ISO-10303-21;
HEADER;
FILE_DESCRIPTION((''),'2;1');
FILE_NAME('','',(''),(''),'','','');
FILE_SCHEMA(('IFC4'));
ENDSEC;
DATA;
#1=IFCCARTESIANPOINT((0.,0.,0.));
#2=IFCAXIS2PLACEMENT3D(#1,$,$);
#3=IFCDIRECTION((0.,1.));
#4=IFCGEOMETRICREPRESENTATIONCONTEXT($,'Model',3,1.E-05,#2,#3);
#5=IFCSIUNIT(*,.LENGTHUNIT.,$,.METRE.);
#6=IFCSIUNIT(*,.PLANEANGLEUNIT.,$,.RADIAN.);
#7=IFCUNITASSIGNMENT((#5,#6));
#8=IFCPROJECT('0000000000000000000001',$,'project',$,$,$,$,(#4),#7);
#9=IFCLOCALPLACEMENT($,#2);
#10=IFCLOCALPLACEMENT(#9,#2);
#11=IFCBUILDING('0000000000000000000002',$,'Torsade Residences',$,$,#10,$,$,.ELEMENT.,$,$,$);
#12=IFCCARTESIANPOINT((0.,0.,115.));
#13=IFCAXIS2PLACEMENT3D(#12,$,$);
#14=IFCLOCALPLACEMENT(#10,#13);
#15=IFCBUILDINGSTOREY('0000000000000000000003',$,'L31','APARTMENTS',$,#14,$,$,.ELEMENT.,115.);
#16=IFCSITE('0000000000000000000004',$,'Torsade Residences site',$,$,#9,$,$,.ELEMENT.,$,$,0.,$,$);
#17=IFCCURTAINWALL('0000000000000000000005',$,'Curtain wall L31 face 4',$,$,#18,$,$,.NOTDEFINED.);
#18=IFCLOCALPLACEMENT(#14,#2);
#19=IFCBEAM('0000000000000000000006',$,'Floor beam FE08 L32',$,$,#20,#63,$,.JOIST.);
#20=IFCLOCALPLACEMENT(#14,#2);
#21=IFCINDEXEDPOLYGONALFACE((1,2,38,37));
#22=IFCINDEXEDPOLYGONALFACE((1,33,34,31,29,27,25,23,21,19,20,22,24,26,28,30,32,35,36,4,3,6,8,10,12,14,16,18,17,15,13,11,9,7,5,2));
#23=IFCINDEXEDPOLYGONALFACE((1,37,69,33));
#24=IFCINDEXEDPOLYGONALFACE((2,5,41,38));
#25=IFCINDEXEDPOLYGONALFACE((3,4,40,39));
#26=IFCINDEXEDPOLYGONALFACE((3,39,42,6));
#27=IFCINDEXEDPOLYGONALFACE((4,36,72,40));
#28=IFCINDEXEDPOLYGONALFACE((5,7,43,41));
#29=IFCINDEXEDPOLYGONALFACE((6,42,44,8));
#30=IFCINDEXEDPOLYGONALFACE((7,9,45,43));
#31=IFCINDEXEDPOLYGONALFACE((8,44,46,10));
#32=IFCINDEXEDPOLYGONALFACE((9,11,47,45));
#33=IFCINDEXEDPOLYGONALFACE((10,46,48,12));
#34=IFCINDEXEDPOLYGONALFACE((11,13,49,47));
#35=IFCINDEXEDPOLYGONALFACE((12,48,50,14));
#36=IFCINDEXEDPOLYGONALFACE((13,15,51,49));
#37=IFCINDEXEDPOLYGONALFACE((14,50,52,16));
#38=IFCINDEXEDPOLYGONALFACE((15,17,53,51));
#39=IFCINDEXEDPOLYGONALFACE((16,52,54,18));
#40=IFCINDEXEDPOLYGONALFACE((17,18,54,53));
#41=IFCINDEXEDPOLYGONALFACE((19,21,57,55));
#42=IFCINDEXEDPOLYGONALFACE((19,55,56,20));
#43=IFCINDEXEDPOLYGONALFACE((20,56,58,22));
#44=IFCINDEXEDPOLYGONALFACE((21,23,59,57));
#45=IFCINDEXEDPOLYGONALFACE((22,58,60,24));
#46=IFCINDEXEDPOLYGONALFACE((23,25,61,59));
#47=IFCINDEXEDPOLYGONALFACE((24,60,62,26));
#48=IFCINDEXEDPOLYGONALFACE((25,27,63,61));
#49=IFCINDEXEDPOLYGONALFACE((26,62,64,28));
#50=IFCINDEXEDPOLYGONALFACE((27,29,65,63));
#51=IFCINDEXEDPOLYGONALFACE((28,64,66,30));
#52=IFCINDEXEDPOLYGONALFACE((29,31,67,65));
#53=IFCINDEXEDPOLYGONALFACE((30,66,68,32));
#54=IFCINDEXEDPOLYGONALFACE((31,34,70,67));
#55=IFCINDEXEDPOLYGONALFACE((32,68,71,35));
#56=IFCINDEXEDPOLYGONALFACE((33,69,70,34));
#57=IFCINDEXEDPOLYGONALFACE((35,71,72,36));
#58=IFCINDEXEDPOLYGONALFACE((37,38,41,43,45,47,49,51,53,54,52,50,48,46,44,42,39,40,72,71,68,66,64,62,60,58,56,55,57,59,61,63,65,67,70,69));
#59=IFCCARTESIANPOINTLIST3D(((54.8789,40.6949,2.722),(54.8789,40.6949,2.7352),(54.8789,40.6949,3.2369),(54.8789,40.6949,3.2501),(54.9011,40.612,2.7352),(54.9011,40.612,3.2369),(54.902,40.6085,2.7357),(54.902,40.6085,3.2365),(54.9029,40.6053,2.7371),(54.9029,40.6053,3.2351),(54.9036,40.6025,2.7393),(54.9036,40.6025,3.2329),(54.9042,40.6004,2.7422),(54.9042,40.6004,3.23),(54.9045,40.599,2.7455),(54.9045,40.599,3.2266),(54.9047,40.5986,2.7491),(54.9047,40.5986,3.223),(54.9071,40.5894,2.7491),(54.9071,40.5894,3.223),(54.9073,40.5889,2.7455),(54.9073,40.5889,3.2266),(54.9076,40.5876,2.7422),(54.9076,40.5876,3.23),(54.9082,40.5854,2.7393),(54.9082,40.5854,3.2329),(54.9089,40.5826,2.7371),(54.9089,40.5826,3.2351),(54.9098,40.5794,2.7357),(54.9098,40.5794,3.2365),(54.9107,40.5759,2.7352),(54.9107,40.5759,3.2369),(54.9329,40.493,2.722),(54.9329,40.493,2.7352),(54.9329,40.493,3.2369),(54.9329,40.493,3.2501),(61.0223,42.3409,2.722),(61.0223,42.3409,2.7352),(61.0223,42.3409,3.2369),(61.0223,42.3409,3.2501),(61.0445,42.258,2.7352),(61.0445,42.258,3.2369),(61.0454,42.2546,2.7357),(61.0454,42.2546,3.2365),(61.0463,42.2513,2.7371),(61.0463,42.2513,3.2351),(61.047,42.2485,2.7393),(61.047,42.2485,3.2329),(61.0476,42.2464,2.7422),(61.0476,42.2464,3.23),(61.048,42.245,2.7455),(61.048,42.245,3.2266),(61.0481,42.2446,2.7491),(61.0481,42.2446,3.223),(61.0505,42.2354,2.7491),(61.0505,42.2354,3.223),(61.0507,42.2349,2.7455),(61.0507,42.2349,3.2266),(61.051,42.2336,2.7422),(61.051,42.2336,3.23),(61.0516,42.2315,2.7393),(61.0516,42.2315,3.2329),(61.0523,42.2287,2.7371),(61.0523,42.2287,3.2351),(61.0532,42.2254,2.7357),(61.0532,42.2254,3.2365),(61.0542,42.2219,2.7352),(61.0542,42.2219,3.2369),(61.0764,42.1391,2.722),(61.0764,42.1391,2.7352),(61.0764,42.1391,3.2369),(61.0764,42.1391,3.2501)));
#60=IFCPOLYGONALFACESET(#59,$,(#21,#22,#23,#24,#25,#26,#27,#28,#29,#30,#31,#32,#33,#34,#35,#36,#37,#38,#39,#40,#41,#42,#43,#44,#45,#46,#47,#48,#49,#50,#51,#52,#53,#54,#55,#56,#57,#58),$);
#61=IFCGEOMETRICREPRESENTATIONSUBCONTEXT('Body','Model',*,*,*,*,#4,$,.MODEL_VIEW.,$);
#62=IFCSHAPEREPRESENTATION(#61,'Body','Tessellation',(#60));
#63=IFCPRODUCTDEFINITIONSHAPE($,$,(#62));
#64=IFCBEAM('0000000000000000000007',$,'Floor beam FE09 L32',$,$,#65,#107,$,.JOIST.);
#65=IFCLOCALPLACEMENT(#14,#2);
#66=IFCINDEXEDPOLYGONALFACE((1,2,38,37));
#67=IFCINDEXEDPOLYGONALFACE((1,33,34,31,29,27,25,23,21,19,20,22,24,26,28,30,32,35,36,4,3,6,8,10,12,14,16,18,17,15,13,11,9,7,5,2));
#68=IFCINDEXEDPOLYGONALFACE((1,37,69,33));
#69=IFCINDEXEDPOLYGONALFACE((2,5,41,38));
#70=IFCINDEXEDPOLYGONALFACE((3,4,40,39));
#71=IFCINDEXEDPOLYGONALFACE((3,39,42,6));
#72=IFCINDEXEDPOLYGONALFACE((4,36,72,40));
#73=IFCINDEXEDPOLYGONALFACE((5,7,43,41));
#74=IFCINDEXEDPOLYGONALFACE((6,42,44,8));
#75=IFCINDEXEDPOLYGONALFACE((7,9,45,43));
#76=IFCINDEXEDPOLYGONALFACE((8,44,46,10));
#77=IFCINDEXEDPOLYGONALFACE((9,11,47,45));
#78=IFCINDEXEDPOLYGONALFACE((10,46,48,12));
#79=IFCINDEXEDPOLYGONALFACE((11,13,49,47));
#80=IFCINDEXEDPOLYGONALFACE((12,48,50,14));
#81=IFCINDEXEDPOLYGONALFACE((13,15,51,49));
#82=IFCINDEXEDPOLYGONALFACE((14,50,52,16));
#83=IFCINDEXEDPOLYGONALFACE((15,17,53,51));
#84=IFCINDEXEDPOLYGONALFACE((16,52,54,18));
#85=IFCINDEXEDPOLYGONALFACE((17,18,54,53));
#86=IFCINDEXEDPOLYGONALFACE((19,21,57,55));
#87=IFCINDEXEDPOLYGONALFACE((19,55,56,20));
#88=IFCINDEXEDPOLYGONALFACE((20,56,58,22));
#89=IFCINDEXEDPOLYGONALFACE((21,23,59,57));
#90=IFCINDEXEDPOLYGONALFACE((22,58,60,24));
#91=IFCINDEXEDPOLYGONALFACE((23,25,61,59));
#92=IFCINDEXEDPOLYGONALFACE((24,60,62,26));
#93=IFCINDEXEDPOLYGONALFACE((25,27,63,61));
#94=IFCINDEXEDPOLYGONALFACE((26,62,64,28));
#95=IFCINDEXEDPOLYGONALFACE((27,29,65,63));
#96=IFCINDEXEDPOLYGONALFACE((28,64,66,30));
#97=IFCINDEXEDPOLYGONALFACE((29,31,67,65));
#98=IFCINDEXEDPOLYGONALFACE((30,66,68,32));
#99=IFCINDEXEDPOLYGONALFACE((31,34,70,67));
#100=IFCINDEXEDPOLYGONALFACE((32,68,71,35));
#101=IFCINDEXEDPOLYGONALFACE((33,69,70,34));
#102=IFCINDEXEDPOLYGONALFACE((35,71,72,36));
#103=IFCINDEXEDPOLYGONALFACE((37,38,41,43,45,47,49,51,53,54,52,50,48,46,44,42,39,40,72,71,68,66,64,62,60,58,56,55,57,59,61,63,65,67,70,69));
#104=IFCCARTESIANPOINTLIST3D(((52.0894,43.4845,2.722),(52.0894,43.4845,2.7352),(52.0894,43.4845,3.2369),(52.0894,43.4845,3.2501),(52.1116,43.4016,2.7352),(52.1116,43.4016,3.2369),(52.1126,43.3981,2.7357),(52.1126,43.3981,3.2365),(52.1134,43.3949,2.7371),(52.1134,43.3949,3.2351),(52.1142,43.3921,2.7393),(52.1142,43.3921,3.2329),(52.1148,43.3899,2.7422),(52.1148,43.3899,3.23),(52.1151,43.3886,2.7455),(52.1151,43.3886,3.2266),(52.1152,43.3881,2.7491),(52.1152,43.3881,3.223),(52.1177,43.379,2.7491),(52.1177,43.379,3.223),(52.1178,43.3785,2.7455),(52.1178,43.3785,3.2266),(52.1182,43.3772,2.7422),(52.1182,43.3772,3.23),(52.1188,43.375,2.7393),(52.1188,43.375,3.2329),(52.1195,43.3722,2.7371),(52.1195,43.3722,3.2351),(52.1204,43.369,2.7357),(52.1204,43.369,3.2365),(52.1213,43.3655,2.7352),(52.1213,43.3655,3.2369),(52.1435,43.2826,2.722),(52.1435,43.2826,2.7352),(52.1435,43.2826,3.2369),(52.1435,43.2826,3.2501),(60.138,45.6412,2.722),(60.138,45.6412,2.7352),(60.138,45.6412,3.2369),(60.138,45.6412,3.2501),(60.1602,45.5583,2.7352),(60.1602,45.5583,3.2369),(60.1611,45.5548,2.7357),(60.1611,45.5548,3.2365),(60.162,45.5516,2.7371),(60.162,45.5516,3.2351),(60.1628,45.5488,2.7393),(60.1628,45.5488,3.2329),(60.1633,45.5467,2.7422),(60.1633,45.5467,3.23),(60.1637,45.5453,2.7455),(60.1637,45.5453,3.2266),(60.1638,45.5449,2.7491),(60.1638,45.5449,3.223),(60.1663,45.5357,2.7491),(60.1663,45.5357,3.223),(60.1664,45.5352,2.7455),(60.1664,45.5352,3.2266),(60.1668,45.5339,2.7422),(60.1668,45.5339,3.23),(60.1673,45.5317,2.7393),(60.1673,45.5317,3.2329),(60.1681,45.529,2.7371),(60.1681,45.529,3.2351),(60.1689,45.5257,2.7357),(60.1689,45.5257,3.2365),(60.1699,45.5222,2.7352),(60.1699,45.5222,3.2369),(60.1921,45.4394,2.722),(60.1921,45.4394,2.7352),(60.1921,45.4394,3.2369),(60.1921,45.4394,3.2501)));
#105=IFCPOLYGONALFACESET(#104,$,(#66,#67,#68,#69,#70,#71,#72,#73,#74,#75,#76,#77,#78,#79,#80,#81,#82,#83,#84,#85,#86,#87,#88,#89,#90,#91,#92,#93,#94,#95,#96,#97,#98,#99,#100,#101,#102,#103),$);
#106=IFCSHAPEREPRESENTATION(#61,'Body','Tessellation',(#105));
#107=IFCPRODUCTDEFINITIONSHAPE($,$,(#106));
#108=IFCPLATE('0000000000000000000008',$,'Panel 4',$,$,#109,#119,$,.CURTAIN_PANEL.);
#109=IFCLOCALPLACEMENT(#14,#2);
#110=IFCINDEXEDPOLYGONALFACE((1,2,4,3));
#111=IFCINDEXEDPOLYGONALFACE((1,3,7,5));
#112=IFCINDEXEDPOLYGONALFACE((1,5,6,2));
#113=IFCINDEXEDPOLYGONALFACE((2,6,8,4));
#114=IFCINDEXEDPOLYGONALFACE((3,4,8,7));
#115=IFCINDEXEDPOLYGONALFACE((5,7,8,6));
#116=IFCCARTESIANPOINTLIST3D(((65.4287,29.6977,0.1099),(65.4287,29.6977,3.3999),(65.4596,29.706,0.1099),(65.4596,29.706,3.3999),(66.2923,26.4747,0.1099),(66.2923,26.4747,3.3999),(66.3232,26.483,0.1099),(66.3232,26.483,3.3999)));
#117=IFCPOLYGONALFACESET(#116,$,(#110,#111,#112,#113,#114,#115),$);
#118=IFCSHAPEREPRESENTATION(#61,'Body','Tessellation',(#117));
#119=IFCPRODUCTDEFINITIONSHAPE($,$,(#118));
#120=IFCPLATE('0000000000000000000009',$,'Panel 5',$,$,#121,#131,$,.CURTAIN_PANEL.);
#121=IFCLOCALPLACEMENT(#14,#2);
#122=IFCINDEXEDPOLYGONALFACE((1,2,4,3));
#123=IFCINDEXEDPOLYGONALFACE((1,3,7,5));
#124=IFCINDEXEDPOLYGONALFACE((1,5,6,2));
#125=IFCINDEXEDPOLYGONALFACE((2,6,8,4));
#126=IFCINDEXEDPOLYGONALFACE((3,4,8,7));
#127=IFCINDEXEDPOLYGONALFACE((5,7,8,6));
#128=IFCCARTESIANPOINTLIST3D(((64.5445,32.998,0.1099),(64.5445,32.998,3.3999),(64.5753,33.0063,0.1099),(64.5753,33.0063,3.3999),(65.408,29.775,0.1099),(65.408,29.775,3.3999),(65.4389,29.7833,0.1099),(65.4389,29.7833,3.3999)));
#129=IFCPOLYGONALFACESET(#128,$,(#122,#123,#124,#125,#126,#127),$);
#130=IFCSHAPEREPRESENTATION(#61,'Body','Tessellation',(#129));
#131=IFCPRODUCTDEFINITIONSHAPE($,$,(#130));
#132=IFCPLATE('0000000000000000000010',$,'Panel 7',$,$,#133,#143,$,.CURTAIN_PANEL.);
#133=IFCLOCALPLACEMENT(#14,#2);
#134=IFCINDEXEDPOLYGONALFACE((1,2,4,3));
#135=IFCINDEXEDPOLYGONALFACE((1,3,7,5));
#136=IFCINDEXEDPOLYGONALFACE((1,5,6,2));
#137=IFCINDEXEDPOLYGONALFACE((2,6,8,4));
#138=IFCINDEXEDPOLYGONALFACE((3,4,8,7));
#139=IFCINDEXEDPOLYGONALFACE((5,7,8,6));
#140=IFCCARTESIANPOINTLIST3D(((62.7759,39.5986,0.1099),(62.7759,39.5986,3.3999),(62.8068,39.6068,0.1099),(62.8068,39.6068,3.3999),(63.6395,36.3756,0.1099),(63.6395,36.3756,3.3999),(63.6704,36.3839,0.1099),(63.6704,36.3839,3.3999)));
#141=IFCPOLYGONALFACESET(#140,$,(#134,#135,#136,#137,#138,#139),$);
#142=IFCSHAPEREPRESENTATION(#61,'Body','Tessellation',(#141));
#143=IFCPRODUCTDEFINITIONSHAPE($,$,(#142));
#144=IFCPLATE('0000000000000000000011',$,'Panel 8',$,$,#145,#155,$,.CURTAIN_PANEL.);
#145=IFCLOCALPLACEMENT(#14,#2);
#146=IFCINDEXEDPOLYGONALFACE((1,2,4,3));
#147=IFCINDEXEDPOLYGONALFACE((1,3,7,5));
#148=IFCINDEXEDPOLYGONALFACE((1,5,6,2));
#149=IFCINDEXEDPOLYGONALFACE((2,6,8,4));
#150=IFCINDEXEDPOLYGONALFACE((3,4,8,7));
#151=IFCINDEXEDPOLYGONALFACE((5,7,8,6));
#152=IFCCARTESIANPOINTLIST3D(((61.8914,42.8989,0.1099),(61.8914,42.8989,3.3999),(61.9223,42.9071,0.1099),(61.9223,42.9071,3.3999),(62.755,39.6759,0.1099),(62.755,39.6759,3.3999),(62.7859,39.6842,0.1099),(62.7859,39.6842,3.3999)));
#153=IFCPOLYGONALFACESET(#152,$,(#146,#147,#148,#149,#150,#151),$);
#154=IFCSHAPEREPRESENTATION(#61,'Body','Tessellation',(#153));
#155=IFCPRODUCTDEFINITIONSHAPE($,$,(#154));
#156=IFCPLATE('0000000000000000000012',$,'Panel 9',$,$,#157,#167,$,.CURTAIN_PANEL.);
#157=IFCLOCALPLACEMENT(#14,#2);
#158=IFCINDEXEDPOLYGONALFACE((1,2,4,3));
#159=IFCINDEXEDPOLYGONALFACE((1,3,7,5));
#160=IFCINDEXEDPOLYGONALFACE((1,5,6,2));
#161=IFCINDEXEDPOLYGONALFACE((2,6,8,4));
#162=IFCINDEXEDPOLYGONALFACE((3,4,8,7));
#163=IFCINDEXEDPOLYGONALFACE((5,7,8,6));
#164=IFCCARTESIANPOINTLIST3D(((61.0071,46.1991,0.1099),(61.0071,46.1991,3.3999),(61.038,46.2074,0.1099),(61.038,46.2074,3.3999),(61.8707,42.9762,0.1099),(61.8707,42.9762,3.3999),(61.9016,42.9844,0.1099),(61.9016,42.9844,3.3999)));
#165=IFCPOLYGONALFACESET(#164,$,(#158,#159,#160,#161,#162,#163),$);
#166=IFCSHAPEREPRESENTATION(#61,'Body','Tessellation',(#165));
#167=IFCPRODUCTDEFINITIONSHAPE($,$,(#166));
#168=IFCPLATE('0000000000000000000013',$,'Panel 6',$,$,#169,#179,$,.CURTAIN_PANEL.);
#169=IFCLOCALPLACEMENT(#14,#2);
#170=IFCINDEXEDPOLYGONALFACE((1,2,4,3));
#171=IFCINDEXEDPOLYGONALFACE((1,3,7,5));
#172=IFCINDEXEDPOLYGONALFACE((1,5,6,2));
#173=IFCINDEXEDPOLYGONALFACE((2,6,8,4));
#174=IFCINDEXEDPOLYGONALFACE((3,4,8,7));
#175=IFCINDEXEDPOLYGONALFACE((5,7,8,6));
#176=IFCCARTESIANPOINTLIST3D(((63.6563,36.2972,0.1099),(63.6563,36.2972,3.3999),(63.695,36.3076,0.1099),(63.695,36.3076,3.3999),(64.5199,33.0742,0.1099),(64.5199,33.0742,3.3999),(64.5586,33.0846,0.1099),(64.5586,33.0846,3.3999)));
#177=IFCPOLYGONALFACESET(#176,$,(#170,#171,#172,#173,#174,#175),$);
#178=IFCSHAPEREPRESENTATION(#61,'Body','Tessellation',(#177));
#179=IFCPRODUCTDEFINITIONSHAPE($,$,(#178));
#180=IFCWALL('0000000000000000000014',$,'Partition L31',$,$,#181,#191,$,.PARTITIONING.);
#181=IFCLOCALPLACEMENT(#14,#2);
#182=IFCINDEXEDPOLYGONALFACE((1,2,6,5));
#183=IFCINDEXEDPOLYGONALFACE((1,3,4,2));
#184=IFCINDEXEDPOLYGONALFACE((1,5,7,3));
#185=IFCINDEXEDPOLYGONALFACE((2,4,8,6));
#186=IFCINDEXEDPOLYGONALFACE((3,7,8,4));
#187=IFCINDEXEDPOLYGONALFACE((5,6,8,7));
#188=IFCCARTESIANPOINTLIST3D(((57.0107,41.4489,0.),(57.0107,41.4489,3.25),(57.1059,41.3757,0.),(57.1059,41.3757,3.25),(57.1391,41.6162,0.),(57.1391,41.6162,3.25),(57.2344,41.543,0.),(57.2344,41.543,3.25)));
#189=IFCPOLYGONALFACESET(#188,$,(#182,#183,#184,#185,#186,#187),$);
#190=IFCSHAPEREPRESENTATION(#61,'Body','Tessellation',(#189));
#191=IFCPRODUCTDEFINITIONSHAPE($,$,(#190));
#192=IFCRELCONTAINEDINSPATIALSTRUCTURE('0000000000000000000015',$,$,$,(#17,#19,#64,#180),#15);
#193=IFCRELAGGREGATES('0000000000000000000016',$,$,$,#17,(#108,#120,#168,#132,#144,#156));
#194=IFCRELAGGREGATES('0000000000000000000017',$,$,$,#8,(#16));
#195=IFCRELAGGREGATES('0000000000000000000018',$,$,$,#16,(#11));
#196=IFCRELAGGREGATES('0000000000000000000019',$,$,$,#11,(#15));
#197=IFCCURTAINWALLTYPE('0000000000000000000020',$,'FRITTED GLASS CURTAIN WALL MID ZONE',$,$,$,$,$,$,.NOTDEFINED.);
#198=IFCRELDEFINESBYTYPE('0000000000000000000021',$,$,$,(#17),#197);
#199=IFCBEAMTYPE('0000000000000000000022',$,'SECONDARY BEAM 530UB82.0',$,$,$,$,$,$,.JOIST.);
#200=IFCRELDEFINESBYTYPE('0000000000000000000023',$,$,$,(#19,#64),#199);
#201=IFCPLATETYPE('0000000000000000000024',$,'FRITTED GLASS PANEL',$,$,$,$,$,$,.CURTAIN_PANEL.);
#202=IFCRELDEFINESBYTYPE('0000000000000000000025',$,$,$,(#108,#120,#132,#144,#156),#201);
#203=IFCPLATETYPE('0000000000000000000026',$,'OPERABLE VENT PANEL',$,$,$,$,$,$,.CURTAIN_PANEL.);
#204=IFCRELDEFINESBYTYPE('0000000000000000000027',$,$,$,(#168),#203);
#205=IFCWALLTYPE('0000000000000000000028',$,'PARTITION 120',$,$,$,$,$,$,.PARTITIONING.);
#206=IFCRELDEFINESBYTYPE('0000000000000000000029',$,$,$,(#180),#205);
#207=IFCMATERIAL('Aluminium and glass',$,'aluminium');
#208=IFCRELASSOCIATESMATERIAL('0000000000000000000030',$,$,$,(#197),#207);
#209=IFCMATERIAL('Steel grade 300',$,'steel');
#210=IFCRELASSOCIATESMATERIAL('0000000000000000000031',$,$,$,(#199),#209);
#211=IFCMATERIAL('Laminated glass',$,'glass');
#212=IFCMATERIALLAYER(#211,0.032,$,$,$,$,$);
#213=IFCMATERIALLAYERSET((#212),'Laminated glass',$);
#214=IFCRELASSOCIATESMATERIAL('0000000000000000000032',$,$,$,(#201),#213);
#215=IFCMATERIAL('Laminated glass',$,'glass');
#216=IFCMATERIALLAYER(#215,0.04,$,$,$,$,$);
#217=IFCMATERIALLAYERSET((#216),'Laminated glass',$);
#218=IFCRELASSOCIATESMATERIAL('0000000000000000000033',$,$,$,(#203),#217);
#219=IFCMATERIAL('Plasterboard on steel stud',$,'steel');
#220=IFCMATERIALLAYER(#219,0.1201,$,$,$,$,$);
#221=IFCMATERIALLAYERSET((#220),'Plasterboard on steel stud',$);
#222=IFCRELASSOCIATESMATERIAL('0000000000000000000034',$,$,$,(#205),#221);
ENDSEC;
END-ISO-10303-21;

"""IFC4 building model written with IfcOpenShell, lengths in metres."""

from ifc_helpers import new_model, si_unit, direction, frame, frame_2d, origin, origin_2d, place, context, subcontext, project, spatial, rectangle, i_section, extrude, material, layer, layer_set, material_profile, profile_set, type_object, element, aggregate, save


model = new_model("IFC4")

# Units and contexts
model_context = context("Model", 3, precision=1e-05, world=origin(), true_north=direction((0.0, 1.0)))
body_context = subcontext(model_context, "Body", "Model", "MODEL_VIEW")
ifc_project = project(units=[si_unit("LENGTHUNIT", "METRE"), si_unit("PLANEANGLEUNIT", "RADIAN")], contexts=[model_context])

# Site, building, storey
site_placement = place(None, origin())
site = spatial("IfcSite", under=ifc_project, at=site_placement, Name="Torsade Residences site", CompositionType="ELEMENT", RefElevation=0.0)
building_placement = place(site_placement, origin())
building = spatial("IfcBuilding", under=site, at=building_placement, Name="Torsade Residences", CompositionType="ELEMENT")
storey_placement = place(building_placement, frame((0.0, 0.0, 115.0)))
storey = spatial("IfcBuildingStorey", under=building, at=storey_placement, Name="L31", Description="APARTMENTS", CompositionType="ELEMENT", Elevation=115.0)

# Curtain wall
ifc_material_1 = material(Name="Aluminium and glass", Category="aluminium")
curtain_wall_type = type_object("IfcCurtainWallType", Name="FRITTED GLASS CURTAIN WALL MID ZONE", PredefinedType="NOTDEFINED", material=ifc_material_1)
curtain_wall_placement = place(storey_placement, origin())
curtain_wall = element("IfcCurtainWall", 1, at=curtain_wall_placement, inside=storey, type_object=curtain_wall_type, Name="Curtain wall L31 face 4", PredefinedType="NOTDEFINED")

# Beams
ifc_material_2 = material(Name="Steel grade 300", Category="steel")
ifc_material_profile_1 = material_profile(ifc_material_2, i_section(OverallWidth=0.209, OverallDepth=0.5281, WebThickness=0.0095, FlangeThickness=0.0132, FilletRadius=0.0139, at=origin_2d()), Name="530UB82.0")
ifc_profile_set_1 = profile_set([ifc_material_profile_1], Name="Steel grade 300")
beam_type_1 = type_object("IfcBeamType", Name="SECONDARY BEAM 530UB82.0", PredefinedType="JOIST", material=ifc_profile_set_1)
beam_1_placement = place(storey_placement, frame((61.0493, 42.24, 2.9861), z_axis=(-0.96593, -0.258805, 0.0), x_axis=(0.258805, -0.96593, 0.0)))
element("IfcBeam", 2, at=beam_1_placement, inside=storey, type_object=beam_type_1, Name="Floor beam FE08 L32", PredefinedType="JOIST", context=body_context, shape_type="SweptSolid", body=[
    extrude(i_section(OverallWidth=0.209, OverallDepth=0.5281, WebThickness=0.0095, FlangeThickness=0.0132, FilletRadius=0.0139, at=origin_2d()), origin(), (0.0, 0.0, 1.0), 6.3601),
])
beam_2_placement = place(storey_placement, frame((60.165, 45.5403, 2.9861), z_axis=(-0.965922, -0.258833, 0.0), x_axis=(0.258833, -0.965922, 0.0)))
element("IfcBeam", 3, at=beam_2_placement, inside=storey, type_object=beam_type_1, Name="Floor beam FE09 L32", PredefinedType="JOIST", context=body_context, shape_type="SweptSolid", body=[
    extrude(i_section(OverallWidth=0.209, OverallDepth=0.5281, WebThickness=0.0095, FlangeThickness=0.0132, FilletRadius=0.0139, at=origin_2d()), origin(), (0.0, 0.0, 1.0), 8.3325),
])

# Plates
ifc_material_3 = material(Name="Laminated glass", Category="glass")
ifc_layer_1 = layer(ifc_material_3, 0.032)
ifc_layer_set_1 = layer_set([ifc_layer_1], Name="Laminated glass")
plate_type_1 = type_object("IfcPlateType", Name="FRITTED GLASS PANEL", PredefinedType="CURTAIN_PANEL", material=ifc_layer_set_1)
plate_1_placement = place(storey_placement, frame((65.876, 28.0903, 0.1099), z_axis=(0.0, 0.0, 1.0), x_axis=(-0.258819, 0.965926, 0.0)))
plate_1 = element("IfcPlate", 4, at=plate_1_placement, type_object=plate_type_1, Name="Panel 4", PredefinedType="CURTAIN_PANEL", context=body_context, shape_type="SweptSolid", body=[
    extrude(rectangle(XDim=3.3367, YDim=0.032, at=origin_2d()), origin(), (0.0, 0.0, 1.0), 3.29),
])
plate_2_placement = place(storey_placement, frame((64.9917, 31.3906, 0.1099), z_axis=(0.0, 0.0, 1.0), x_axis=(-0.258819, 0.965926, 0.0)))
plate_2 = element("IfcPlate", 5, at=plate_2_placement, type_object=plate_type_1, Name="Panel 5", PredefinedType="CURTAIN_PANEL", context=body_context, shape_type="SweptSolid", body=[
    extrude(rectangle(XDim=3.3367, YDim=0.032, at=origin_2d()), origin(), (0.0, 0.0, 1.0), 3.29),
])
plate_3_placement = place(storey_placement, frame((63.2231, 37.9912, 0.1099), z_axis=(0.0, 0.0, 1.0), x_axis=(-0.258819, 0.965926, 0.0)))
plate_3 = element("IfcPlate", 6, at=plate_3_placement, type_object=plate_type_1, Name="Panel 7", PredefinedType="CURTAIN_PANEL", context=body_context, shape_type="SweptSolid", body=[
    extrude(rectangle(XDim=3.3367, YDim=0.032, at=origin_2d()), origin(), (0.0, 0.0, 1.0), 3.29),
])
plate_4_placement = place(storey_placement, frame((62.3386, 41.2915, 0.1099), z_axis=(0.0, 0.0, 1.0), x_axis=(-0.258819, 0.965926, 0.0)))
plate_4 = element("IfcPlate", 7, at=plate_4_placement, type_object=plate_type_1, Name="Panel 8", PredefinedType="CURTAIN_PANEL", context=body_context, shape_type="SweptSolid", body=[
    extrude(rectangle(XDim=3.3367, YDim=0.032, at=origin_2d()), origin(), (0.0, 0.0, 1.0), 3.29),
])
plate_5_placement = place(storey_placement, frame((61.4543, 44.5918, 0.1099), z_axis=(0.0, 0.0, 1.0), x_axis=(-0.258819, 0.965926, 0.0)))
plate_5 = element("IfcPlate", 8, at=plate_5_placement, type_object=plate_type_1, Name="Panel 9", PredefinedType="CURTAIN_PANEL", context=body_context, shape_type="SweptSolid", body=[
    extrude(rectangle(XDim=3.3367, YDim=0.032, at=origin_2d()), origin(), (0.0, 0.0, 1.0), 3.29),
])
ifc_material_4 = material(Name="Laminated glass", Category="glass")
ifc_layer_2 = layer(ifc_material_4, 0.04)
ifc_layer_set_2 = layer_set([ifc_layer_2], Name="Laminated glass")
plate_type_2 = type_object("IfcPlateType", Name="OPERABLE VENT PANEL", PredefinedType="CURTAIN_PANEL", material=ifc_layer_set_2)
plate_6_placement = place(storey_placement, frame((64.1074, 34.6909, 0.1099), z_axis=(0.0, 0.0, 1.0), x_axis=(-0.258819, 0.965926, 0.0)))
plate_6 = element("IfcPlate", 9, at=plate_6_placement, type_object=plate_type_2, Name="Panel 6", PredefinedType="CURTAIN_PANEL", context=body_context, shape_type="SweptSolid", body=[
    extrude(rectangle(XDim=3.3367, YDim=0.04, at=origin_2d()), origin(), (0.0, 0.0, 1.0), 3.29),
])
aggregate(curtain_wall, [plate_1, plate_2, plate_6, plate_3, plate_4, plate_5])

# Wall
ifc_material_5 = material(Name="Plasterboard on steel stud", Category="steel")
ifc_layer_3 = layer(ifc_material_5, 0.1201)
ifc_layer_set_3 = layer_set([ifc_layer_3], Name="Plasterboard on steel stud")
wall_type_1 = type_object("IfcWallType", Name="PARTITION 120", PredefinedType="PARTITIONING", material=ifc_layer_set_3)
wall_1_placement = place(storey_placement, frame((57.1868, 41.5796, 0.0), z_axis=(0.0, 0.0, 1.0), x_axis=(-0.609039, -0.79314, 0.0)))
element("IfcWall", 10, at=wall_1_placement, inside=storey, type_object=wall_type_1, Name="Partition L31", PredefinedType="PARTITIONING", context=body_context, shape_type="SweptSolid", body=[
    extrude(rectangle(XDim=0.2109, YDim=0.1201, at=frame_2d((0.1055, 0.0))), origin(), (0.0, 0.0, 1.0), 3.25),
])

save(model, "model.ifc")
